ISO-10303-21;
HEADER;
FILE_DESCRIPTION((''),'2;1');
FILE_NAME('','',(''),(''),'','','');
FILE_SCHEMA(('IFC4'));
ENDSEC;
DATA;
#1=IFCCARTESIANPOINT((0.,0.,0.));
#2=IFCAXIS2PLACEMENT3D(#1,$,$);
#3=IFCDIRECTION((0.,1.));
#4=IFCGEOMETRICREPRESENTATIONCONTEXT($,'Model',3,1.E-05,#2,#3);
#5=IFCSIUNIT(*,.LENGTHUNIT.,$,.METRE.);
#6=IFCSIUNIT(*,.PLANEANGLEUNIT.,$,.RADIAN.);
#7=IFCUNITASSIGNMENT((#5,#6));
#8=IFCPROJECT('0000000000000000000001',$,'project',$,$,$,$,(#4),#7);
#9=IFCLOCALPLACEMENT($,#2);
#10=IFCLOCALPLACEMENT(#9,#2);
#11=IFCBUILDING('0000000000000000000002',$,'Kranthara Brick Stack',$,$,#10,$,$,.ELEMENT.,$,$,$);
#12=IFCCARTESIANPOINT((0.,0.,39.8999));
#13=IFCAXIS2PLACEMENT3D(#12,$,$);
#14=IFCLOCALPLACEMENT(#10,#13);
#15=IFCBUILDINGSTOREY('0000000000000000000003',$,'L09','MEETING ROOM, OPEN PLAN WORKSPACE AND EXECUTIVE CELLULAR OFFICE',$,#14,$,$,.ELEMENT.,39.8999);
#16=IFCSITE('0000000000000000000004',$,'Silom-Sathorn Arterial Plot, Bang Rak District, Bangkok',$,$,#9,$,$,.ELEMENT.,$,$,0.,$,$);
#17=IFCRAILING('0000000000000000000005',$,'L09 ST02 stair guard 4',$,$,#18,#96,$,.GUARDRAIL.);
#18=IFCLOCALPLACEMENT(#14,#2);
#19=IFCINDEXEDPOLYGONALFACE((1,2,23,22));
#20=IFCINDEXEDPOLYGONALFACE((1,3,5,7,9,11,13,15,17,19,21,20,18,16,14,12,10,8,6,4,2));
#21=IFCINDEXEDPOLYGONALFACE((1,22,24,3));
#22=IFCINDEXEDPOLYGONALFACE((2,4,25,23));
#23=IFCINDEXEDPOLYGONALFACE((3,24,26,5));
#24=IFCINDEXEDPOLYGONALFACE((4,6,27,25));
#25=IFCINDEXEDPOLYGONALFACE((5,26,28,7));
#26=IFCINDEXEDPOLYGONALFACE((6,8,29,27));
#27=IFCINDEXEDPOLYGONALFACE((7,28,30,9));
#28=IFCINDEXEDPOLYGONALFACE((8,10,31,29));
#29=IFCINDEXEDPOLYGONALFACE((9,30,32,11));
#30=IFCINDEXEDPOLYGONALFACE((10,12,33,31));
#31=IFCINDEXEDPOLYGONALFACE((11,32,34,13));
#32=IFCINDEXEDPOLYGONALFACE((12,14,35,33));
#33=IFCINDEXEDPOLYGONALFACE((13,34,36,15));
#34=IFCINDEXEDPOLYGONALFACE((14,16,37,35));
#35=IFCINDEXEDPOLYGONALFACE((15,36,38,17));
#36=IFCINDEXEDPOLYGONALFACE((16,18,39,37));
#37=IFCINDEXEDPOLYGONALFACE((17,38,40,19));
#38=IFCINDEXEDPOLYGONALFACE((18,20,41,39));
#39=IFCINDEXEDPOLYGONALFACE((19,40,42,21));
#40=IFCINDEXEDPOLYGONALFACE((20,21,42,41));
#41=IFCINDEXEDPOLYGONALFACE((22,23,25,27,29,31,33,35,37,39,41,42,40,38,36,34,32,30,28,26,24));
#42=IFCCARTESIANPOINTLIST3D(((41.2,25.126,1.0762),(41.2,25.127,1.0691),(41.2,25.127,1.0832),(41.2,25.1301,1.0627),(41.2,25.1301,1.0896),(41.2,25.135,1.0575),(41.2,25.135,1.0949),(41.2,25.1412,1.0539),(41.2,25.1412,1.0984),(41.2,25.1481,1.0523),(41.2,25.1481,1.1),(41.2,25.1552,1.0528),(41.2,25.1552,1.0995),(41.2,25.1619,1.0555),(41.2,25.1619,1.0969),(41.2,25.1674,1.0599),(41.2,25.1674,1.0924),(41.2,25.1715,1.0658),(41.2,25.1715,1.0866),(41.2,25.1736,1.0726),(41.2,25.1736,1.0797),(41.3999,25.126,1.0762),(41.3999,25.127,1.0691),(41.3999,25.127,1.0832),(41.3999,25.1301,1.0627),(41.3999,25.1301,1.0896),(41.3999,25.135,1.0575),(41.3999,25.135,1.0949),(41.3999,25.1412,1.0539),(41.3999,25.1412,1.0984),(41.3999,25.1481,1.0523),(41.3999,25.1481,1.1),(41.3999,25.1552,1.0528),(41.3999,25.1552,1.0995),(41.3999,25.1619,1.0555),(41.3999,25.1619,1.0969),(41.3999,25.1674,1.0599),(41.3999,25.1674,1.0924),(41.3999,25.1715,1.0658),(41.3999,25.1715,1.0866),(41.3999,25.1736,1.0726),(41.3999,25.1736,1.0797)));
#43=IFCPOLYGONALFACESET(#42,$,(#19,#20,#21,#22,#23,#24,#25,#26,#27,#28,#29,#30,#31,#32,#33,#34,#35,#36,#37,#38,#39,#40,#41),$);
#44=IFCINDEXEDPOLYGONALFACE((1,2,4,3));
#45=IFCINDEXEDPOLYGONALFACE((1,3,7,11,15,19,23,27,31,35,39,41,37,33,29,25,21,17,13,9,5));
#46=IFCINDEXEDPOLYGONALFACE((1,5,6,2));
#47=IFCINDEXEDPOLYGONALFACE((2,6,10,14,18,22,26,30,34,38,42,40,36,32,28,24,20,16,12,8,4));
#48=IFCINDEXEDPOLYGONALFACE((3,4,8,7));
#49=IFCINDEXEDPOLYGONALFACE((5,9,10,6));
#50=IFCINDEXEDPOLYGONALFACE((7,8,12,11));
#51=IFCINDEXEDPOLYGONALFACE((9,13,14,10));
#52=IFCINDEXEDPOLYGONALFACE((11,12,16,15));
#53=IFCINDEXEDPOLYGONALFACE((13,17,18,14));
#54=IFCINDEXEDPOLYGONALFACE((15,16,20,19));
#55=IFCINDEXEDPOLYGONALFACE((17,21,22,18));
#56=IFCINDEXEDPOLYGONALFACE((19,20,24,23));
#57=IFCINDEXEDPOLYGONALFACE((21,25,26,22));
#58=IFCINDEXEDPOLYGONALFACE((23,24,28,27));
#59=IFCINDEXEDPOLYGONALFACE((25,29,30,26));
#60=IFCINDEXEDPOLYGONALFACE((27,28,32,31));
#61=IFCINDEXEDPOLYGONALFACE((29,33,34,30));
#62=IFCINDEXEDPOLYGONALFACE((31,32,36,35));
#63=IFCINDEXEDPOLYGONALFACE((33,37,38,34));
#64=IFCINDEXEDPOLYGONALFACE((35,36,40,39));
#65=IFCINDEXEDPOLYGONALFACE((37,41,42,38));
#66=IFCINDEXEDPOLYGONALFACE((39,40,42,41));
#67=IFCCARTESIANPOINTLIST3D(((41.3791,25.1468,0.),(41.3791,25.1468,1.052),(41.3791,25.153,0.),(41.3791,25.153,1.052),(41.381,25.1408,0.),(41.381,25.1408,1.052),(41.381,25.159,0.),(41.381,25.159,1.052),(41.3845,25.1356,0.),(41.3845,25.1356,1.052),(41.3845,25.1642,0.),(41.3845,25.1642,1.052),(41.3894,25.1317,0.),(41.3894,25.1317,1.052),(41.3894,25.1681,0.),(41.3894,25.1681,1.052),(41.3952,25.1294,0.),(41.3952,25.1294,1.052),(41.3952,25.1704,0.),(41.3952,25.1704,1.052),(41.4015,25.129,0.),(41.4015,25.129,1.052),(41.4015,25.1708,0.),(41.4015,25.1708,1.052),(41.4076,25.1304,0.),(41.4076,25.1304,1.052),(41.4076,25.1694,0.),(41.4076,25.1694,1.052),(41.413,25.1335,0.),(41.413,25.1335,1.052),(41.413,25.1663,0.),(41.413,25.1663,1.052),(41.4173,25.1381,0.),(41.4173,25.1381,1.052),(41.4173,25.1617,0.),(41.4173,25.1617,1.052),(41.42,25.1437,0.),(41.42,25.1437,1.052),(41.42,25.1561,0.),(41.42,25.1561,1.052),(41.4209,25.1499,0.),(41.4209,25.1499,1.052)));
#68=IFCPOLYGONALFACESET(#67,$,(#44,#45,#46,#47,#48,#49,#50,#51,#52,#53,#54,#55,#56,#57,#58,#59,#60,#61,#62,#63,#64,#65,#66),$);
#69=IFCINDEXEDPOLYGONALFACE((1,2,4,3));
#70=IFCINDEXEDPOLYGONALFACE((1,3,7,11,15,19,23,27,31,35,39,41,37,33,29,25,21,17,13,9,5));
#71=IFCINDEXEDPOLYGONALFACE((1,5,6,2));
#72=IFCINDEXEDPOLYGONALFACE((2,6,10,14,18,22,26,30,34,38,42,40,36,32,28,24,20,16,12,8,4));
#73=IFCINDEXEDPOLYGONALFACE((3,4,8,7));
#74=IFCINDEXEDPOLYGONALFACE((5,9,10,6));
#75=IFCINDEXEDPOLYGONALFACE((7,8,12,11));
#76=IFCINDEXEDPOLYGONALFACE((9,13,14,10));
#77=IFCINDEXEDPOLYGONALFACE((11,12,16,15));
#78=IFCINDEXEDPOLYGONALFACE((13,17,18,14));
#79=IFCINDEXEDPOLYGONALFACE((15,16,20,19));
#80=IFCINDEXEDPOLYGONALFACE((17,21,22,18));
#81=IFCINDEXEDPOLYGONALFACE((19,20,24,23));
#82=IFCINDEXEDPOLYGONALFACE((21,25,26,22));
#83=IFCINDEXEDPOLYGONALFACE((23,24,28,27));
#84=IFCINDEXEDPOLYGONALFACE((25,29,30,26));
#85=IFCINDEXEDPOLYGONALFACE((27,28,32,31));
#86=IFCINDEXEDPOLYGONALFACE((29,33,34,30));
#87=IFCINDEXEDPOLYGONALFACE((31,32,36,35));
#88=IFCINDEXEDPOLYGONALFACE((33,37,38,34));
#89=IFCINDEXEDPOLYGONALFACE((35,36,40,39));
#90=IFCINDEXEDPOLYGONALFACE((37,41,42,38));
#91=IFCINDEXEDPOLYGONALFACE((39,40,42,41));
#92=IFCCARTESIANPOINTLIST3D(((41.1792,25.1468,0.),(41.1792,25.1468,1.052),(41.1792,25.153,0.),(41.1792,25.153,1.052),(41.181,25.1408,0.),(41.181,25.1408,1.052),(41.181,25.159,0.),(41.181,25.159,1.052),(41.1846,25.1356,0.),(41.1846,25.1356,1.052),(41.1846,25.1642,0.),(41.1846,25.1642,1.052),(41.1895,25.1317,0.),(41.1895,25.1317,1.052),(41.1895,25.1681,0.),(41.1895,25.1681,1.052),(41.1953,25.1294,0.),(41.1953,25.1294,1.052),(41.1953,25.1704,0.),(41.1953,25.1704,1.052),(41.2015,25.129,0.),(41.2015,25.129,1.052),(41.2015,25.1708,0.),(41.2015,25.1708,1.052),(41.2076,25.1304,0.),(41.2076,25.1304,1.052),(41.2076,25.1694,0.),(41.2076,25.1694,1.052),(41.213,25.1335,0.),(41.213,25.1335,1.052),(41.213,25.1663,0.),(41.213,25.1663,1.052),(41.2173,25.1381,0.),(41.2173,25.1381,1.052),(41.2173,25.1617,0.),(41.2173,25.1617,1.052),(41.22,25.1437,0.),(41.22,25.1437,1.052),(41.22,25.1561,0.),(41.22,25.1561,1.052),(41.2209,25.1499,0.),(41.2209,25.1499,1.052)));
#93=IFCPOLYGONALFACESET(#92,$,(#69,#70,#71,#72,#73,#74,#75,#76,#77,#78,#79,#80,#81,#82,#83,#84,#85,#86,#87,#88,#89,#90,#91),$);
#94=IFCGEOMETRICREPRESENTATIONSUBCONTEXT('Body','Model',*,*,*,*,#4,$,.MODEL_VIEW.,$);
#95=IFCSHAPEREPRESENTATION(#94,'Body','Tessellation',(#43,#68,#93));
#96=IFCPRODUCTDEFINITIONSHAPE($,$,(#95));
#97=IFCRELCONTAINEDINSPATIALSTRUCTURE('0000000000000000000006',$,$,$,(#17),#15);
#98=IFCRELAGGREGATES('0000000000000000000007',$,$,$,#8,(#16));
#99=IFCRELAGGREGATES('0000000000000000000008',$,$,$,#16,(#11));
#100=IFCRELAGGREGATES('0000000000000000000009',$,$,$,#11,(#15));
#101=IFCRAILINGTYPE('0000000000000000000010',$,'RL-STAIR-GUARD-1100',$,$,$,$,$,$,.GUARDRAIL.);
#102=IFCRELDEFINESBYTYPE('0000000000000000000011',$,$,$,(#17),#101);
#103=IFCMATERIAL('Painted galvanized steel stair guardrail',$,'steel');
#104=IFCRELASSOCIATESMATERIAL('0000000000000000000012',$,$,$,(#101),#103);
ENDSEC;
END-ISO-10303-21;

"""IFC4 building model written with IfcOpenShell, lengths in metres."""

from ifc_helpers import new_model, si_unit, direction, frame, origin, origin_2d, place, context, subcontext, project, spatial, circle, extrude, material, type_object, element, save


model = new_model("IFC4")

# Units and contexts
model_context = context("Model", 3, precision=1e-05, world=origin(), true_north=direction((0.0, 1.0)))
body_context = subcontext(model_context, "Body", "Model", "MODEL_VIEW")
ifc_project = project(units=[si_unit("LENGTHUNIT", "METRE"), si_unit("PLANEANGLEUNIT", "RADIAN")], contexts=[model_context])

# Site, building, storey
site_placement = place(None, origin())
site = spatial("IfcSite", under=ifc_project, at=site_placement, Name="Silom-Sathorn Arterial Plot, Bang Rak District, Bangkok", CompositionType="ELEMENT", RefElevation=0.0)
building_placement = place(site_placement, origin())
building = spatial("IfcBuilding", under=site, at=building_placement, Name="Kranthara Brick Stack", CompositionType="ELEMENT")
storey_placement = place(building_placement, frame((0.0, 0.0, 39.8999)))
storey = spatial("IfcBuildingStorey", under=building, at=storey_placement, Name="L09", Description="MEETING ROOM, OPEN PLAN WORKSPACE AND EXECUTIVE CELLULAR OFFICE", CompositionType="ELEMENT", Elevation=39.8999)

# Railing
ifc_material_1 = material(Name="Painted galvanized steel stair guardrail", Category="steel")
railing_type = type_object("IfcRailingType", Name="RL-STAIR-GUARD-1100", PredefinedType="GUARDRAIL", material=ifc_material_1)
railing_1_placement = place(storey_placement, frame((41.3999, 25.1499, 0.0)))
element("IfcRailing", 1, at=railing_1_placement, inside=storey, type_object=railing_type, Name="L09 ST02 stair guard 4", PredefinedType="GUARDRAIL", context=body_context, shape_type="SweptSolid", body=[
    extrude(circle(Radius=0.0239, at=origin_2d()), frame((0.0, 0.0, 1.0762), z_axis=(-1.0, 0.0, 0.0), x_axis=(0.0, -1.0, 0.0)), (0.0, 0.0, 1.0), 0.2),
    extrude(circle(Radius=0.021, at=origin_2d()), origin(), (0.0, 0.0, 1.0), 1.052),
    extrude(circle(Radius=0.021, at=origin_2d()), frame((-0.2, 0.0, 0.0)), (0.0, 0.0, 1.0), 1.052),
])

save(model, "model.ifc")
